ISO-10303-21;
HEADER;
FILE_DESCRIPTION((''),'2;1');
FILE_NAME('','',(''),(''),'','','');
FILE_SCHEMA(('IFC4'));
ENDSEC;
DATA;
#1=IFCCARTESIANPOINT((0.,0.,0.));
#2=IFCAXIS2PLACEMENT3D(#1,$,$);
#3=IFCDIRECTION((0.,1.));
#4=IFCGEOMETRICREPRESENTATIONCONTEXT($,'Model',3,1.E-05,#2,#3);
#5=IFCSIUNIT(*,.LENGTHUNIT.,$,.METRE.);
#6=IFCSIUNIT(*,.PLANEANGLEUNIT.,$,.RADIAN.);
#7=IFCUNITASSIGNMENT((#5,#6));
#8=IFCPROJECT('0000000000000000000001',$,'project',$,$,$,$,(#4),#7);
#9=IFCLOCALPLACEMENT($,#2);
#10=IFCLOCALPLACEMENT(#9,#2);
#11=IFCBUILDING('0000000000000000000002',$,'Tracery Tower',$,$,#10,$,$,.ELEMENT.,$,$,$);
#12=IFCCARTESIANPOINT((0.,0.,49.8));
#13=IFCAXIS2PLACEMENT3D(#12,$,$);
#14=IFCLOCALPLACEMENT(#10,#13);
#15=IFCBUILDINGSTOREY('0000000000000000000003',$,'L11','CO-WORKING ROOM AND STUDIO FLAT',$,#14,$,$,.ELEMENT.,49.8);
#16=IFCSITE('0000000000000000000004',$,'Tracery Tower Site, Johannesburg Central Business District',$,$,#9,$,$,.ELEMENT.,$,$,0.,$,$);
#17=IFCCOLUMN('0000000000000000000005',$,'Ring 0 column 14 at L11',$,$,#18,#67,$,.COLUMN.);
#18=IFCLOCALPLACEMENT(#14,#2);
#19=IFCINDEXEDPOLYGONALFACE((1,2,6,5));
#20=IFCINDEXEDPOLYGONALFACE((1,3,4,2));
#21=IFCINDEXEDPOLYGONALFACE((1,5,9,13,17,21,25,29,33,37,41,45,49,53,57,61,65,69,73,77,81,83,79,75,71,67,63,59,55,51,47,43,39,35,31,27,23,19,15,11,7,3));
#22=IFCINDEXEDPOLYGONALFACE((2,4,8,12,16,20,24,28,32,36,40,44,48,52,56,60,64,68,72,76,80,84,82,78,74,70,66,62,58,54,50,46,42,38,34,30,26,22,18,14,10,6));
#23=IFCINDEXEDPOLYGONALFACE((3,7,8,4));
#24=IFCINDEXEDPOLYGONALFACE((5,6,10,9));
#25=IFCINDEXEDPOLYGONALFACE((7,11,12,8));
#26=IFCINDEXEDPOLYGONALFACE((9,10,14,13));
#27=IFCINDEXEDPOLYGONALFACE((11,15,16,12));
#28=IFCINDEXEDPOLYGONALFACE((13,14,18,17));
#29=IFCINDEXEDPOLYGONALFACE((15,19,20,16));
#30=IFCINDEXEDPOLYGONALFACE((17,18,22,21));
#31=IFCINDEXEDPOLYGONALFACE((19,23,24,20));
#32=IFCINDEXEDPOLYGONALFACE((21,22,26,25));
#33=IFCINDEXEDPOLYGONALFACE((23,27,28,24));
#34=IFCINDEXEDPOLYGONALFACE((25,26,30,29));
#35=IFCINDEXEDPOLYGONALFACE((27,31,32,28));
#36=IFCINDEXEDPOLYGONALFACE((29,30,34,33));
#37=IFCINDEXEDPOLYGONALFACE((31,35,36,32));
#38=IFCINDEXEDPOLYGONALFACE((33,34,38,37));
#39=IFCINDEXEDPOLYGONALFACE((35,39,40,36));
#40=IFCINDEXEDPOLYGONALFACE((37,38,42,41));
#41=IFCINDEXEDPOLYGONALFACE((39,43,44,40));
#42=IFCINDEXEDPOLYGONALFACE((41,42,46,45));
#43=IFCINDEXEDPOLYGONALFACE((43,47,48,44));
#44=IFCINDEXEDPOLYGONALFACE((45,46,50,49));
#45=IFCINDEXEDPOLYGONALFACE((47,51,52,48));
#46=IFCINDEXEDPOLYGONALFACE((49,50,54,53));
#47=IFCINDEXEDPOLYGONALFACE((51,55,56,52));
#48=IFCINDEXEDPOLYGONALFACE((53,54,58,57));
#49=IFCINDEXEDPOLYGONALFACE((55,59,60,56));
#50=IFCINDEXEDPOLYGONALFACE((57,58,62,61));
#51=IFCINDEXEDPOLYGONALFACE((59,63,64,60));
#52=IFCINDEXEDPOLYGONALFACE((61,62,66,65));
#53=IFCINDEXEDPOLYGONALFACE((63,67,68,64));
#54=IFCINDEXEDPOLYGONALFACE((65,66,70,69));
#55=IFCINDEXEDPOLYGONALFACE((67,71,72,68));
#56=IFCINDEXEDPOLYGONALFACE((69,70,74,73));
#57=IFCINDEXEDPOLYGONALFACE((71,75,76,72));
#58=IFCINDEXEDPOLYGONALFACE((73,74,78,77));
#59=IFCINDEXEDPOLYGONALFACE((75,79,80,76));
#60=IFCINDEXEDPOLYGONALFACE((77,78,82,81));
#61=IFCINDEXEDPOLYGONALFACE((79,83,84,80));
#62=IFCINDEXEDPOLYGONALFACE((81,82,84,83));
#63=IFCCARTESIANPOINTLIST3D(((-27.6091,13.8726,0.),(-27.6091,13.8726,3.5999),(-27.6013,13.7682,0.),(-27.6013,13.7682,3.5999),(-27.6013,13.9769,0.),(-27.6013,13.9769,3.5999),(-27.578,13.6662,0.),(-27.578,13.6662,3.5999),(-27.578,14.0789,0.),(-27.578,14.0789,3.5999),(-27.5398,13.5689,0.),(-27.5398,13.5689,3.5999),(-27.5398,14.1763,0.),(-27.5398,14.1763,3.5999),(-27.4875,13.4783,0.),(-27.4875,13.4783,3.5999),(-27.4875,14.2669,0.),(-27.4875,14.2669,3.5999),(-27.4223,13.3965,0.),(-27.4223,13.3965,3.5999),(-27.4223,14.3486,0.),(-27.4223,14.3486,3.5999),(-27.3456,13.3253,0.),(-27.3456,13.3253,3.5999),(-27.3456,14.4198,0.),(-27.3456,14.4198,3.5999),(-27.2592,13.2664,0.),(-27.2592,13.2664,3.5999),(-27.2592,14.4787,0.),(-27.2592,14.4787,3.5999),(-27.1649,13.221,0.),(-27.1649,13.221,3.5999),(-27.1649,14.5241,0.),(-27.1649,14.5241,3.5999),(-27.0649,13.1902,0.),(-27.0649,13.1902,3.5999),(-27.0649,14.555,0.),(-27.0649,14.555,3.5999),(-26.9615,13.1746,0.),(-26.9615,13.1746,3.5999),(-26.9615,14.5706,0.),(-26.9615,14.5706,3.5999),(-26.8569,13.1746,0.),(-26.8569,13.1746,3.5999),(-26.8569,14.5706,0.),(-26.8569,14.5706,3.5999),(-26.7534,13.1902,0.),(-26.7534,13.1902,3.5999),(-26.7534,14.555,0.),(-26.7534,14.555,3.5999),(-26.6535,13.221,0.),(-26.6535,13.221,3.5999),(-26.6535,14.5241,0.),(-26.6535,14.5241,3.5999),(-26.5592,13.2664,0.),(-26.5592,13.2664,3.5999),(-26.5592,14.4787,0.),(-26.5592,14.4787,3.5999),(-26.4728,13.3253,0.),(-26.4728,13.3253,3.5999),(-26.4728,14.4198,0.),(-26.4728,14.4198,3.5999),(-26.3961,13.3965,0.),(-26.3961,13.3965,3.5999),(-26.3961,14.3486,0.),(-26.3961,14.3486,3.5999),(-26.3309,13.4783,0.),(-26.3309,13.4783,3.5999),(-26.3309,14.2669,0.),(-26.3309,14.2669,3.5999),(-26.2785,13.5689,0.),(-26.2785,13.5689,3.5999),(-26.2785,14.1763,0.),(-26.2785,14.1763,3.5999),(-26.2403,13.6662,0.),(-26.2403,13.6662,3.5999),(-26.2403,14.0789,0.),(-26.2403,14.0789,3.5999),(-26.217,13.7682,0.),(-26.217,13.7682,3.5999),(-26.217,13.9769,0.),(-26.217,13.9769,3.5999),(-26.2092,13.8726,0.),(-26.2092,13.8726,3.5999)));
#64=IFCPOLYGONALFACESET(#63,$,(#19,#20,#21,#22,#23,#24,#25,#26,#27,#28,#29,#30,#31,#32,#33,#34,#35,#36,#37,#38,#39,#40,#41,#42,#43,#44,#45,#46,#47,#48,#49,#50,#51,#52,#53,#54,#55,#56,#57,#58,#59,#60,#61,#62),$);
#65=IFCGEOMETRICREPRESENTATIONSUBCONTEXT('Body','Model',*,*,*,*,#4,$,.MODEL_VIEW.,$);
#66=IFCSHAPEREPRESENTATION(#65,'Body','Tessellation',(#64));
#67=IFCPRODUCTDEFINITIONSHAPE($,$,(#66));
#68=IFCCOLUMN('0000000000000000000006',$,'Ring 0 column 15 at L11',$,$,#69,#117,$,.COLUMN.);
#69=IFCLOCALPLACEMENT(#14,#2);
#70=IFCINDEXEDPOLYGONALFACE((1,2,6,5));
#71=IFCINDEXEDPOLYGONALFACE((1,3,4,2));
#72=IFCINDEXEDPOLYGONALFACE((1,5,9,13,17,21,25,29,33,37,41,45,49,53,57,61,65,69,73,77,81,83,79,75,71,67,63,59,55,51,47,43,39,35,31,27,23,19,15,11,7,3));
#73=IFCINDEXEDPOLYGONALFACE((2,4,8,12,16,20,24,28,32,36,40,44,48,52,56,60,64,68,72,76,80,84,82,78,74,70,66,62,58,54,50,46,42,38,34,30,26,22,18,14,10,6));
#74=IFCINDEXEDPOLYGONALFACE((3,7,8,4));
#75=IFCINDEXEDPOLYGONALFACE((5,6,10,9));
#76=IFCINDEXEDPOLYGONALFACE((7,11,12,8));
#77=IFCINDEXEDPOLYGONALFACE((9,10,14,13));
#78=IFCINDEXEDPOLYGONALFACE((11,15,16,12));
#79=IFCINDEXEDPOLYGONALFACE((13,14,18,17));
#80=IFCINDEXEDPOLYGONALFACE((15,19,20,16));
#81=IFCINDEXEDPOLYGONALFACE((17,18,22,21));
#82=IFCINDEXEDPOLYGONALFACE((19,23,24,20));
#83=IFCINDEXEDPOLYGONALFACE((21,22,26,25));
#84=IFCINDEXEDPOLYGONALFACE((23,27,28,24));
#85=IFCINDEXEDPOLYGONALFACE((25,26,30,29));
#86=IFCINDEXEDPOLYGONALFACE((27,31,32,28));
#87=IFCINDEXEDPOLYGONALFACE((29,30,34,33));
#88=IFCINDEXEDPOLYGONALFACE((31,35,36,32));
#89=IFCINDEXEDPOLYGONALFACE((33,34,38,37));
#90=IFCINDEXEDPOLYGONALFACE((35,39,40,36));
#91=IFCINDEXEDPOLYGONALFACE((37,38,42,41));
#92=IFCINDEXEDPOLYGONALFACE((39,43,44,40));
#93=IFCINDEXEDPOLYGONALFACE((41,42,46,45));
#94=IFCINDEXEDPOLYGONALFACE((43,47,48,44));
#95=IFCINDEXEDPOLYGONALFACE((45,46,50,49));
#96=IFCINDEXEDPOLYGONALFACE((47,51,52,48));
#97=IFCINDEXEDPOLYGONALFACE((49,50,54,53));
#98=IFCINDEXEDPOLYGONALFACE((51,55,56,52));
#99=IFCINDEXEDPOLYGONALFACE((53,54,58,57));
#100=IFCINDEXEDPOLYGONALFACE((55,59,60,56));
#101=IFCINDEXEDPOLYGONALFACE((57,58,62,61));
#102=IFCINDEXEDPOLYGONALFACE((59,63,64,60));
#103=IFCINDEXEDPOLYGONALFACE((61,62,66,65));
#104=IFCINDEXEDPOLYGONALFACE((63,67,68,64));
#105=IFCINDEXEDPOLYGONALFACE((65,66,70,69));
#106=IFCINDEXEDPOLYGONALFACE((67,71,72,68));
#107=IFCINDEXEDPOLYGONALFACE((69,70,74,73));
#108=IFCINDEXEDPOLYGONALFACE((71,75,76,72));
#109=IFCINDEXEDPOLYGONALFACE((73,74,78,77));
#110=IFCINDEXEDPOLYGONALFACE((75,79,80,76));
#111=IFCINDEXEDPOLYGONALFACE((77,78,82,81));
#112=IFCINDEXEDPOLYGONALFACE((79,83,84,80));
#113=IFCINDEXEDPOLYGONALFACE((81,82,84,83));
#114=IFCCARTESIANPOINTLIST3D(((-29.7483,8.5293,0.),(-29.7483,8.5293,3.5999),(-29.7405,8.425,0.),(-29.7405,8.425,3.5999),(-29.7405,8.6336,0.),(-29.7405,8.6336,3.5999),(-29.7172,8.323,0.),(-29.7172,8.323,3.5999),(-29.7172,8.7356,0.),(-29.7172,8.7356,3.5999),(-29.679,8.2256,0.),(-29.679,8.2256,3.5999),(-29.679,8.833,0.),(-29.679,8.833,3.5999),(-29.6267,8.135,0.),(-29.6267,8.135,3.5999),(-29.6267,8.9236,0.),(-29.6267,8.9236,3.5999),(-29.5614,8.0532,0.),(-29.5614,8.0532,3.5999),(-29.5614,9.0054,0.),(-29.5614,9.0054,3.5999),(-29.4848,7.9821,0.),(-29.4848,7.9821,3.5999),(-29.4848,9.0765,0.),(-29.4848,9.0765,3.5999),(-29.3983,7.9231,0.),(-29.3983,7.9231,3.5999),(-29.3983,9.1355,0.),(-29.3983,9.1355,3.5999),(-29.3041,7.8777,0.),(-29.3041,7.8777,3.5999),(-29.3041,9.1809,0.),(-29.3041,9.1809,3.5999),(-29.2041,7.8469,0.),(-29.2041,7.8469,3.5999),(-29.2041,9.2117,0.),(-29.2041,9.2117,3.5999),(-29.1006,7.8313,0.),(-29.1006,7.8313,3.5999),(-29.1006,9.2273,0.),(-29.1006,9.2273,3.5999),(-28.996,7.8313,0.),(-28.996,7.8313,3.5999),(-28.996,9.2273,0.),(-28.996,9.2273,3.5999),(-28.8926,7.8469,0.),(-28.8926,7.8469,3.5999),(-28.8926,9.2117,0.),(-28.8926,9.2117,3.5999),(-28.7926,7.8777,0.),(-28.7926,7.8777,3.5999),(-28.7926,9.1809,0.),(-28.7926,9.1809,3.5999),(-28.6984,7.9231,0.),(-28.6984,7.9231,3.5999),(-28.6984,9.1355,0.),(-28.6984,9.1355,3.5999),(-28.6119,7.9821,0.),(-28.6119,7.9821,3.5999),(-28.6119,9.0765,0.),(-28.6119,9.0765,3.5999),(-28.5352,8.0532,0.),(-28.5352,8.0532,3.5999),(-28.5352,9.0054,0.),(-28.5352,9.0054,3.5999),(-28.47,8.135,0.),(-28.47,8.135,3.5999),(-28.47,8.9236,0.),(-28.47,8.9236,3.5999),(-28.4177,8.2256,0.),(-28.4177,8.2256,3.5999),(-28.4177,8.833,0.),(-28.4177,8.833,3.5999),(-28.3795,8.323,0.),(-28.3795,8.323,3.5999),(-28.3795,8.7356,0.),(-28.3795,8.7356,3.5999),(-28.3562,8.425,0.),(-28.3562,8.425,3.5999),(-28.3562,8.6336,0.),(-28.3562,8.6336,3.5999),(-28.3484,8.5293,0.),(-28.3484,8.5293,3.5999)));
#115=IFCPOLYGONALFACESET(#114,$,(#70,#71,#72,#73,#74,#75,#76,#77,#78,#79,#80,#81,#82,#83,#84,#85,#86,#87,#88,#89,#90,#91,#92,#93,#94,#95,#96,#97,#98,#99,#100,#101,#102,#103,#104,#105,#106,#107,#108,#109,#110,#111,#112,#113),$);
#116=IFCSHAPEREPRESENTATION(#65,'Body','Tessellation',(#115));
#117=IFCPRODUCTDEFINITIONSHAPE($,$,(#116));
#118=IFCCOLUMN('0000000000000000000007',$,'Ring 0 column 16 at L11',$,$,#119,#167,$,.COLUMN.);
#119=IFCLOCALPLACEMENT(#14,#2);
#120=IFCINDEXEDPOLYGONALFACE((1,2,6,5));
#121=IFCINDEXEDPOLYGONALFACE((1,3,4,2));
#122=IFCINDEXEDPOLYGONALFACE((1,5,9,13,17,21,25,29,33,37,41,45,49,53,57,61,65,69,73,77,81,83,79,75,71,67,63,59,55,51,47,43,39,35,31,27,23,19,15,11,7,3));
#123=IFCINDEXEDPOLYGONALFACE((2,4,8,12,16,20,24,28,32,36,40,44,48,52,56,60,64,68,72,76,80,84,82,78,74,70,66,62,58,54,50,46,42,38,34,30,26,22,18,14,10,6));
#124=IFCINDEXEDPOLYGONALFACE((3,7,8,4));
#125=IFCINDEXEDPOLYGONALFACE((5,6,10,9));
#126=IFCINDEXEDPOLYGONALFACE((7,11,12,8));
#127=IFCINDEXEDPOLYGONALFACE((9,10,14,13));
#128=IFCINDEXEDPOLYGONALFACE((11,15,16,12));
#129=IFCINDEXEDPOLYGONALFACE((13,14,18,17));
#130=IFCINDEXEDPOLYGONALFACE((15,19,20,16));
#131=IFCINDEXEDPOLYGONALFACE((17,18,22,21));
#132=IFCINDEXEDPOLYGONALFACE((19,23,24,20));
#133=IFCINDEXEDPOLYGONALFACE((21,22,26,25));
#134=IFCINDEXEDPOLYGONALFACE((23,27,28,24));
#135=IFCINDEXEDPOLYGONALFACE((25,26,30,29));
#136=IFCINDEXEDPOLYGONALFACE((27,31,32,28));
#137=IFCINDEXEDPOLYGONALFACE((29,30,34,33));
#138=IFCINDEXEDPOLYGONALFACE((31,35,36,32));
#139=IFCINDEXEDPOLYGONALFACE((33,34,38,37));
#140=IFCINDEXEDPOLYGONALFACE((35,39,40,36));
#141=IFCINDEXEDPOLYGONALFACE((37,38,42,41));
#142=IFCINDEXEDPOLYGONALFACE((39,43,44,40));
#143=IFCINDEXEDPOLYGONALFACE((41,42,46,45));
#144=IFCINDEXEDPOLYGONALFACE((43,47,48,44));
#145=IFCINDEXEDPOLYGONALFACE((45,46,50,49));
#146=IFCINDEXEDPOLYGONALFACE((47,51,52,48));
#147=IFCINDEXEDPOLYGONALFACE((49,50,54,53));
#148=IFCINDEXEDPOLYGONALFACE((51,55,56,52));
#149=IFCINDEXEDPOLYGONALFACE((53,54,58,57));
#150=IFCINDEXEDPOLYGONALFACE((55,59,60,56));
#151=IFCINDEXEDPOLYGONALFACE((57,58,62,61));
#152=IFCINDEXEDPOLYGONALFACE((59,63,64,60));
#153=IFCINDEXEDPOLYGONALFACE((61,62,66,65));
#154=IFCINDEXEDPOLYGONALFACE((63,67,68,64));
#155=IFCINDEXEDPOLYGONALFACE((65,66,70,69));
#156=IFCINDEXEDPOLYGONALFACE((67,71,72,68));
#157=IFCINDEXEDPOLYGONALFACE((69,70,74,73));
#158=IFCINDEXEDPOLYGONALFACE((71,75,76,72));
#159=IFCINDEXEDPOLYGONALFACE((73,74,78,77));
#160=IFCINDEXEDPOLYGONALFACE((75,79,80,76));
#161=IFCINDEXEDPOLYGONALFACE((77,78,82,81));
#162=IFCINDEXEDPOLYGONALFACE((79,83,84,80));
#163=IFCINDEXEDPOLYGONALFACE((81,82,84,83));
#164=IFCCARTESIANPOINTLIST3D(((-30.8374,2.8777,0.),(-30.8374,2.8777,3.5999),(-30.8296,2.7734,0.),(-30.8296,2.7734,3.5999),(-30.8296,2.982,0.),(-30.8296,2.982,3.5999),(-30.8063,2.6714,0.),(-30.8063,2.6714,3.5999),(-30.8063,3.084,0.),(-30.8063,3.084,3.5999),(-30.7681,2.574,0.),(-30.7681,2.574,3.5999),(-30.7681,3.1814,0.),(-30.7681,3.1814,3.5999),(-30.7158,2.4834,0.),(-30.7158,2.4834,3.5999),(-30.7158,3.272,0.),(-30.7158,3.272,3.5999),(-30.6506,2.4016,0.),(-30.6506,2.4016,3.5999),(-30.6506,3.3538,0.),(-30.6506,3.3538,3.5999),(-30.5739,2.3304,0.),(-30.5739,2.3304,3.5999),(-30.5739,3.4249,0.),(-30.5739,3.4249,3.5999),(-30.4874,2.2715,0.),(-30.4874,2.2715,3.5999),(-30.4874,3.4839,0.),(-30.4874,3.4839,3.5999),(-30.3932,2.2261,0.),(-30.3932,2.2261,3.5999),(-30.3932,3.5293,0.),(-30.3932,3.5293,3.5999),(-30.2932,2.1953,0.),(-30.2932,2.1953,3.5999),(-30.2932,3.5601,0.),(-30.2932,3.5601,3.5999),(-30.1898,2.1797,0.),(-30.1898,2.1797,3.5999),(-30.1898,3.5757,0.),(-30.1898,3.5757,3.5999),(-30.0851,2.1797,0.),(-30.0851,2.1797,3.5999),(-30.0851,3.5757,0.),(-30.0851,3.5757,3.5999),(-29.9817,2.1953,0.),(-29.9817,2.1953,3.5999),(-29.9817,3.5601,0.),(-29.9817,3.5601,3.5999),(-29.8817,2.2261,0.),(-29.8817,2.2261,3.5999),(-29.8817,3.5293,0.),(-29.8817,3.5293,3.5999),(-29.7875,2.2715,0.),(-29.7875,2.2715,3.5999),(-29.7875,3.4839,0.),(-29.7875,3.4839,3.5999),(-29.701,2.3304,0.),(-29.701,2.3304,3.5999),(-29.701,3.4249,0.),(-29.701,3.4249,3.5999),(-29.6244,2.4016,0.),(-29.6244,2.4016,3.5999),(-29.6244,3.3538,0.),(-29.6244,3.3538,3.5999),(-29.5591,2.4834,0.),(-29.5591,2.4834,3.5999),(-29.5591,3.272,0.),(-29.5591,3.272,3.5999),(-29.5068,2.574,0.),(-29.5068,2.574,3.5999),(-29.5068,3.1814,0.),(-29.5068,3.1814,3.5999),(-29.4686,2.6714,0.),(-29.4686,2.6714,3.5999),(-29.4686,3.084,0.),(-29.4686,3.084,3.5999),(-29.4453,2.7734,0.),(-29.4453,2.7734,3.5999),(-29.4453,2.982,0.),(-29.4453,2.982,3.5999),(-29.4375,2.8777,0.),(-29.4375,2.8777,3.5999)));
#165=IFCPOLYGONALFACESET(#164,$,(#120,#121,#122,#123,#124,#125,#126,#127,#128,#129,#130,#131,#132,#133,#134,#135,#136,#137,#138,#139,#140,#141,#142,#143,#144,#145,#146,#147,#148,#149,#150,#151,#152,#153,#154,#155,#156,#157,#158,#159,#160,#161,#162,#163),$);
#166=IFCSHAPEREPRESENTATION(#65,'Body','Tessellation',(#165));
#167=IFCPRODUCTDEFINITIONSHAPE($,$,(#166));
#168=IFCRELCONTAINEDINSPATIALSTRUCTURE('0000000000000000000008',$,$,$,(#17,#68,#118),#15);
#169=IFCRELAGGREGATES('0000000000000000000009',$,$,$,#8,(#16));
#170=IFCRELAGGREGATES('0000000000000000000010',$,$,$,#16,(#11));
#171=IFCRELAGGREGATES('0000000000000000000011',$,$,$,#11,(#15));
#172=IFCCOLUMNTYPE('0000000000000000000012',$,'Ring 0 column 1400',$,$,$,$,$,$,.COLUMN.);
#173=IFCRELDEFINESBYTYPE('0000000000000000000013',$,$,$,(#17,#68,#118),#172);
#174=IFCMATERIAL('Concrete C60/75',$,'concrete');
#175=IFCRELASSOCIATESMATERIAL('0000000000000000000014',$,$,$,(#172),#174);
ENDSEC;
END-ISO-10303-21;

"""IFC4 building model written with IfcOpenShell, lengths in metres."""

from ifc_helpers import new_model, si_unit, direction, frame, origin, origin_2d, place, context, subcontext, project, spatial, circle, extrude, material, material_profile, profile_set, type_object, element, save


model = new_model("IFC4")

# Units and contexts
model_context = context("Model", 3, precision=1e-05, world=origin(), true_north=direction((0.0, 1.0)))
body_context = subcontext(model_context, "Body", "Model", "MODEL_VIEW")
ifc_project = project(units=[si_unit("LENGTHUNIT", "METRE"), si_unit("PLANEANGLEUNIT", "RADIAN")], contexts=[model_context])

# Site, building, storey
site_placement = place(None, origin())
site = spatial("IfcSite", under=ifc_project, at=site_placement, Name="Tracery Tower Site, Johannesburg Central Business District", CompositionType="ELEMENT", RefElevation=0.0)
building_placement = place(site_placement, origin())
building = spatial("IfcBuilding", under=site, at=building_placement, Name="Tracery Tower", CompositionType="ELEMENT")
storey_placement = place(building_placement, frame((0.0, 0.0, 49.8)))
storey = spatial("IfcBuildingStorey", under=building, at=storey_placement, Name="L11", Description="CO-WORKING ROOM AND STUDIO FLAT", CompositionType="ELEMENT", Elevation=49.8)

# Columns
ifc_material_1 = material(Name="Concrete C60/75", Category="concrete")
ifc_material_profile_1 = material_profile(ifc_material_1, circle(Radius=0.7, at=origin_2d()), Name="RC D1400")
ifc_profile_set_1 = profile_set([ifc_material_profile_1], Name="Concrete C60/75")
column_type_1 = type_object("IfcColumnType", Name="Ring 0 column 1400", PredefinedType="COLUMN", material=ifc_profile_set_1)
for number, where, z_axis, x_axis, name in (
    (1, (-26.9092, 13.8726, 0.0), (0.0, 0.0, 1.0), (1.0, 0.0, 0.0), "Ring 0 column 14 at L11"),
    (2, (-29.0483, 8.5293, 0.0), (0.0, 0.0, 1.0), (1.0, 0.0, 0.0), "Ring 0 column 15 at L11"),
    (3, (-30.1375, 2.8777, 0.0), (0.0, 0.0, 1.0), (1.0, 0.0, 0.0), "Ring 0 column 16 at L11"),
):
    element("IfcColumn", number, at=place(storey_placement, frame(where, z_axis=z_axis, x_axis=x_axis)), inside=storey, type_object=column_type_1, Name=name, PredefinedType="COLUMN", context=body_context, shape_type="SweptSolid", body=[
        extrude(circle(Radius=0.7, at=origin_2d()), origin(), (0.0, 0.0, 1.0), 3.5999),
    ])

save(model, "model.ifc")
